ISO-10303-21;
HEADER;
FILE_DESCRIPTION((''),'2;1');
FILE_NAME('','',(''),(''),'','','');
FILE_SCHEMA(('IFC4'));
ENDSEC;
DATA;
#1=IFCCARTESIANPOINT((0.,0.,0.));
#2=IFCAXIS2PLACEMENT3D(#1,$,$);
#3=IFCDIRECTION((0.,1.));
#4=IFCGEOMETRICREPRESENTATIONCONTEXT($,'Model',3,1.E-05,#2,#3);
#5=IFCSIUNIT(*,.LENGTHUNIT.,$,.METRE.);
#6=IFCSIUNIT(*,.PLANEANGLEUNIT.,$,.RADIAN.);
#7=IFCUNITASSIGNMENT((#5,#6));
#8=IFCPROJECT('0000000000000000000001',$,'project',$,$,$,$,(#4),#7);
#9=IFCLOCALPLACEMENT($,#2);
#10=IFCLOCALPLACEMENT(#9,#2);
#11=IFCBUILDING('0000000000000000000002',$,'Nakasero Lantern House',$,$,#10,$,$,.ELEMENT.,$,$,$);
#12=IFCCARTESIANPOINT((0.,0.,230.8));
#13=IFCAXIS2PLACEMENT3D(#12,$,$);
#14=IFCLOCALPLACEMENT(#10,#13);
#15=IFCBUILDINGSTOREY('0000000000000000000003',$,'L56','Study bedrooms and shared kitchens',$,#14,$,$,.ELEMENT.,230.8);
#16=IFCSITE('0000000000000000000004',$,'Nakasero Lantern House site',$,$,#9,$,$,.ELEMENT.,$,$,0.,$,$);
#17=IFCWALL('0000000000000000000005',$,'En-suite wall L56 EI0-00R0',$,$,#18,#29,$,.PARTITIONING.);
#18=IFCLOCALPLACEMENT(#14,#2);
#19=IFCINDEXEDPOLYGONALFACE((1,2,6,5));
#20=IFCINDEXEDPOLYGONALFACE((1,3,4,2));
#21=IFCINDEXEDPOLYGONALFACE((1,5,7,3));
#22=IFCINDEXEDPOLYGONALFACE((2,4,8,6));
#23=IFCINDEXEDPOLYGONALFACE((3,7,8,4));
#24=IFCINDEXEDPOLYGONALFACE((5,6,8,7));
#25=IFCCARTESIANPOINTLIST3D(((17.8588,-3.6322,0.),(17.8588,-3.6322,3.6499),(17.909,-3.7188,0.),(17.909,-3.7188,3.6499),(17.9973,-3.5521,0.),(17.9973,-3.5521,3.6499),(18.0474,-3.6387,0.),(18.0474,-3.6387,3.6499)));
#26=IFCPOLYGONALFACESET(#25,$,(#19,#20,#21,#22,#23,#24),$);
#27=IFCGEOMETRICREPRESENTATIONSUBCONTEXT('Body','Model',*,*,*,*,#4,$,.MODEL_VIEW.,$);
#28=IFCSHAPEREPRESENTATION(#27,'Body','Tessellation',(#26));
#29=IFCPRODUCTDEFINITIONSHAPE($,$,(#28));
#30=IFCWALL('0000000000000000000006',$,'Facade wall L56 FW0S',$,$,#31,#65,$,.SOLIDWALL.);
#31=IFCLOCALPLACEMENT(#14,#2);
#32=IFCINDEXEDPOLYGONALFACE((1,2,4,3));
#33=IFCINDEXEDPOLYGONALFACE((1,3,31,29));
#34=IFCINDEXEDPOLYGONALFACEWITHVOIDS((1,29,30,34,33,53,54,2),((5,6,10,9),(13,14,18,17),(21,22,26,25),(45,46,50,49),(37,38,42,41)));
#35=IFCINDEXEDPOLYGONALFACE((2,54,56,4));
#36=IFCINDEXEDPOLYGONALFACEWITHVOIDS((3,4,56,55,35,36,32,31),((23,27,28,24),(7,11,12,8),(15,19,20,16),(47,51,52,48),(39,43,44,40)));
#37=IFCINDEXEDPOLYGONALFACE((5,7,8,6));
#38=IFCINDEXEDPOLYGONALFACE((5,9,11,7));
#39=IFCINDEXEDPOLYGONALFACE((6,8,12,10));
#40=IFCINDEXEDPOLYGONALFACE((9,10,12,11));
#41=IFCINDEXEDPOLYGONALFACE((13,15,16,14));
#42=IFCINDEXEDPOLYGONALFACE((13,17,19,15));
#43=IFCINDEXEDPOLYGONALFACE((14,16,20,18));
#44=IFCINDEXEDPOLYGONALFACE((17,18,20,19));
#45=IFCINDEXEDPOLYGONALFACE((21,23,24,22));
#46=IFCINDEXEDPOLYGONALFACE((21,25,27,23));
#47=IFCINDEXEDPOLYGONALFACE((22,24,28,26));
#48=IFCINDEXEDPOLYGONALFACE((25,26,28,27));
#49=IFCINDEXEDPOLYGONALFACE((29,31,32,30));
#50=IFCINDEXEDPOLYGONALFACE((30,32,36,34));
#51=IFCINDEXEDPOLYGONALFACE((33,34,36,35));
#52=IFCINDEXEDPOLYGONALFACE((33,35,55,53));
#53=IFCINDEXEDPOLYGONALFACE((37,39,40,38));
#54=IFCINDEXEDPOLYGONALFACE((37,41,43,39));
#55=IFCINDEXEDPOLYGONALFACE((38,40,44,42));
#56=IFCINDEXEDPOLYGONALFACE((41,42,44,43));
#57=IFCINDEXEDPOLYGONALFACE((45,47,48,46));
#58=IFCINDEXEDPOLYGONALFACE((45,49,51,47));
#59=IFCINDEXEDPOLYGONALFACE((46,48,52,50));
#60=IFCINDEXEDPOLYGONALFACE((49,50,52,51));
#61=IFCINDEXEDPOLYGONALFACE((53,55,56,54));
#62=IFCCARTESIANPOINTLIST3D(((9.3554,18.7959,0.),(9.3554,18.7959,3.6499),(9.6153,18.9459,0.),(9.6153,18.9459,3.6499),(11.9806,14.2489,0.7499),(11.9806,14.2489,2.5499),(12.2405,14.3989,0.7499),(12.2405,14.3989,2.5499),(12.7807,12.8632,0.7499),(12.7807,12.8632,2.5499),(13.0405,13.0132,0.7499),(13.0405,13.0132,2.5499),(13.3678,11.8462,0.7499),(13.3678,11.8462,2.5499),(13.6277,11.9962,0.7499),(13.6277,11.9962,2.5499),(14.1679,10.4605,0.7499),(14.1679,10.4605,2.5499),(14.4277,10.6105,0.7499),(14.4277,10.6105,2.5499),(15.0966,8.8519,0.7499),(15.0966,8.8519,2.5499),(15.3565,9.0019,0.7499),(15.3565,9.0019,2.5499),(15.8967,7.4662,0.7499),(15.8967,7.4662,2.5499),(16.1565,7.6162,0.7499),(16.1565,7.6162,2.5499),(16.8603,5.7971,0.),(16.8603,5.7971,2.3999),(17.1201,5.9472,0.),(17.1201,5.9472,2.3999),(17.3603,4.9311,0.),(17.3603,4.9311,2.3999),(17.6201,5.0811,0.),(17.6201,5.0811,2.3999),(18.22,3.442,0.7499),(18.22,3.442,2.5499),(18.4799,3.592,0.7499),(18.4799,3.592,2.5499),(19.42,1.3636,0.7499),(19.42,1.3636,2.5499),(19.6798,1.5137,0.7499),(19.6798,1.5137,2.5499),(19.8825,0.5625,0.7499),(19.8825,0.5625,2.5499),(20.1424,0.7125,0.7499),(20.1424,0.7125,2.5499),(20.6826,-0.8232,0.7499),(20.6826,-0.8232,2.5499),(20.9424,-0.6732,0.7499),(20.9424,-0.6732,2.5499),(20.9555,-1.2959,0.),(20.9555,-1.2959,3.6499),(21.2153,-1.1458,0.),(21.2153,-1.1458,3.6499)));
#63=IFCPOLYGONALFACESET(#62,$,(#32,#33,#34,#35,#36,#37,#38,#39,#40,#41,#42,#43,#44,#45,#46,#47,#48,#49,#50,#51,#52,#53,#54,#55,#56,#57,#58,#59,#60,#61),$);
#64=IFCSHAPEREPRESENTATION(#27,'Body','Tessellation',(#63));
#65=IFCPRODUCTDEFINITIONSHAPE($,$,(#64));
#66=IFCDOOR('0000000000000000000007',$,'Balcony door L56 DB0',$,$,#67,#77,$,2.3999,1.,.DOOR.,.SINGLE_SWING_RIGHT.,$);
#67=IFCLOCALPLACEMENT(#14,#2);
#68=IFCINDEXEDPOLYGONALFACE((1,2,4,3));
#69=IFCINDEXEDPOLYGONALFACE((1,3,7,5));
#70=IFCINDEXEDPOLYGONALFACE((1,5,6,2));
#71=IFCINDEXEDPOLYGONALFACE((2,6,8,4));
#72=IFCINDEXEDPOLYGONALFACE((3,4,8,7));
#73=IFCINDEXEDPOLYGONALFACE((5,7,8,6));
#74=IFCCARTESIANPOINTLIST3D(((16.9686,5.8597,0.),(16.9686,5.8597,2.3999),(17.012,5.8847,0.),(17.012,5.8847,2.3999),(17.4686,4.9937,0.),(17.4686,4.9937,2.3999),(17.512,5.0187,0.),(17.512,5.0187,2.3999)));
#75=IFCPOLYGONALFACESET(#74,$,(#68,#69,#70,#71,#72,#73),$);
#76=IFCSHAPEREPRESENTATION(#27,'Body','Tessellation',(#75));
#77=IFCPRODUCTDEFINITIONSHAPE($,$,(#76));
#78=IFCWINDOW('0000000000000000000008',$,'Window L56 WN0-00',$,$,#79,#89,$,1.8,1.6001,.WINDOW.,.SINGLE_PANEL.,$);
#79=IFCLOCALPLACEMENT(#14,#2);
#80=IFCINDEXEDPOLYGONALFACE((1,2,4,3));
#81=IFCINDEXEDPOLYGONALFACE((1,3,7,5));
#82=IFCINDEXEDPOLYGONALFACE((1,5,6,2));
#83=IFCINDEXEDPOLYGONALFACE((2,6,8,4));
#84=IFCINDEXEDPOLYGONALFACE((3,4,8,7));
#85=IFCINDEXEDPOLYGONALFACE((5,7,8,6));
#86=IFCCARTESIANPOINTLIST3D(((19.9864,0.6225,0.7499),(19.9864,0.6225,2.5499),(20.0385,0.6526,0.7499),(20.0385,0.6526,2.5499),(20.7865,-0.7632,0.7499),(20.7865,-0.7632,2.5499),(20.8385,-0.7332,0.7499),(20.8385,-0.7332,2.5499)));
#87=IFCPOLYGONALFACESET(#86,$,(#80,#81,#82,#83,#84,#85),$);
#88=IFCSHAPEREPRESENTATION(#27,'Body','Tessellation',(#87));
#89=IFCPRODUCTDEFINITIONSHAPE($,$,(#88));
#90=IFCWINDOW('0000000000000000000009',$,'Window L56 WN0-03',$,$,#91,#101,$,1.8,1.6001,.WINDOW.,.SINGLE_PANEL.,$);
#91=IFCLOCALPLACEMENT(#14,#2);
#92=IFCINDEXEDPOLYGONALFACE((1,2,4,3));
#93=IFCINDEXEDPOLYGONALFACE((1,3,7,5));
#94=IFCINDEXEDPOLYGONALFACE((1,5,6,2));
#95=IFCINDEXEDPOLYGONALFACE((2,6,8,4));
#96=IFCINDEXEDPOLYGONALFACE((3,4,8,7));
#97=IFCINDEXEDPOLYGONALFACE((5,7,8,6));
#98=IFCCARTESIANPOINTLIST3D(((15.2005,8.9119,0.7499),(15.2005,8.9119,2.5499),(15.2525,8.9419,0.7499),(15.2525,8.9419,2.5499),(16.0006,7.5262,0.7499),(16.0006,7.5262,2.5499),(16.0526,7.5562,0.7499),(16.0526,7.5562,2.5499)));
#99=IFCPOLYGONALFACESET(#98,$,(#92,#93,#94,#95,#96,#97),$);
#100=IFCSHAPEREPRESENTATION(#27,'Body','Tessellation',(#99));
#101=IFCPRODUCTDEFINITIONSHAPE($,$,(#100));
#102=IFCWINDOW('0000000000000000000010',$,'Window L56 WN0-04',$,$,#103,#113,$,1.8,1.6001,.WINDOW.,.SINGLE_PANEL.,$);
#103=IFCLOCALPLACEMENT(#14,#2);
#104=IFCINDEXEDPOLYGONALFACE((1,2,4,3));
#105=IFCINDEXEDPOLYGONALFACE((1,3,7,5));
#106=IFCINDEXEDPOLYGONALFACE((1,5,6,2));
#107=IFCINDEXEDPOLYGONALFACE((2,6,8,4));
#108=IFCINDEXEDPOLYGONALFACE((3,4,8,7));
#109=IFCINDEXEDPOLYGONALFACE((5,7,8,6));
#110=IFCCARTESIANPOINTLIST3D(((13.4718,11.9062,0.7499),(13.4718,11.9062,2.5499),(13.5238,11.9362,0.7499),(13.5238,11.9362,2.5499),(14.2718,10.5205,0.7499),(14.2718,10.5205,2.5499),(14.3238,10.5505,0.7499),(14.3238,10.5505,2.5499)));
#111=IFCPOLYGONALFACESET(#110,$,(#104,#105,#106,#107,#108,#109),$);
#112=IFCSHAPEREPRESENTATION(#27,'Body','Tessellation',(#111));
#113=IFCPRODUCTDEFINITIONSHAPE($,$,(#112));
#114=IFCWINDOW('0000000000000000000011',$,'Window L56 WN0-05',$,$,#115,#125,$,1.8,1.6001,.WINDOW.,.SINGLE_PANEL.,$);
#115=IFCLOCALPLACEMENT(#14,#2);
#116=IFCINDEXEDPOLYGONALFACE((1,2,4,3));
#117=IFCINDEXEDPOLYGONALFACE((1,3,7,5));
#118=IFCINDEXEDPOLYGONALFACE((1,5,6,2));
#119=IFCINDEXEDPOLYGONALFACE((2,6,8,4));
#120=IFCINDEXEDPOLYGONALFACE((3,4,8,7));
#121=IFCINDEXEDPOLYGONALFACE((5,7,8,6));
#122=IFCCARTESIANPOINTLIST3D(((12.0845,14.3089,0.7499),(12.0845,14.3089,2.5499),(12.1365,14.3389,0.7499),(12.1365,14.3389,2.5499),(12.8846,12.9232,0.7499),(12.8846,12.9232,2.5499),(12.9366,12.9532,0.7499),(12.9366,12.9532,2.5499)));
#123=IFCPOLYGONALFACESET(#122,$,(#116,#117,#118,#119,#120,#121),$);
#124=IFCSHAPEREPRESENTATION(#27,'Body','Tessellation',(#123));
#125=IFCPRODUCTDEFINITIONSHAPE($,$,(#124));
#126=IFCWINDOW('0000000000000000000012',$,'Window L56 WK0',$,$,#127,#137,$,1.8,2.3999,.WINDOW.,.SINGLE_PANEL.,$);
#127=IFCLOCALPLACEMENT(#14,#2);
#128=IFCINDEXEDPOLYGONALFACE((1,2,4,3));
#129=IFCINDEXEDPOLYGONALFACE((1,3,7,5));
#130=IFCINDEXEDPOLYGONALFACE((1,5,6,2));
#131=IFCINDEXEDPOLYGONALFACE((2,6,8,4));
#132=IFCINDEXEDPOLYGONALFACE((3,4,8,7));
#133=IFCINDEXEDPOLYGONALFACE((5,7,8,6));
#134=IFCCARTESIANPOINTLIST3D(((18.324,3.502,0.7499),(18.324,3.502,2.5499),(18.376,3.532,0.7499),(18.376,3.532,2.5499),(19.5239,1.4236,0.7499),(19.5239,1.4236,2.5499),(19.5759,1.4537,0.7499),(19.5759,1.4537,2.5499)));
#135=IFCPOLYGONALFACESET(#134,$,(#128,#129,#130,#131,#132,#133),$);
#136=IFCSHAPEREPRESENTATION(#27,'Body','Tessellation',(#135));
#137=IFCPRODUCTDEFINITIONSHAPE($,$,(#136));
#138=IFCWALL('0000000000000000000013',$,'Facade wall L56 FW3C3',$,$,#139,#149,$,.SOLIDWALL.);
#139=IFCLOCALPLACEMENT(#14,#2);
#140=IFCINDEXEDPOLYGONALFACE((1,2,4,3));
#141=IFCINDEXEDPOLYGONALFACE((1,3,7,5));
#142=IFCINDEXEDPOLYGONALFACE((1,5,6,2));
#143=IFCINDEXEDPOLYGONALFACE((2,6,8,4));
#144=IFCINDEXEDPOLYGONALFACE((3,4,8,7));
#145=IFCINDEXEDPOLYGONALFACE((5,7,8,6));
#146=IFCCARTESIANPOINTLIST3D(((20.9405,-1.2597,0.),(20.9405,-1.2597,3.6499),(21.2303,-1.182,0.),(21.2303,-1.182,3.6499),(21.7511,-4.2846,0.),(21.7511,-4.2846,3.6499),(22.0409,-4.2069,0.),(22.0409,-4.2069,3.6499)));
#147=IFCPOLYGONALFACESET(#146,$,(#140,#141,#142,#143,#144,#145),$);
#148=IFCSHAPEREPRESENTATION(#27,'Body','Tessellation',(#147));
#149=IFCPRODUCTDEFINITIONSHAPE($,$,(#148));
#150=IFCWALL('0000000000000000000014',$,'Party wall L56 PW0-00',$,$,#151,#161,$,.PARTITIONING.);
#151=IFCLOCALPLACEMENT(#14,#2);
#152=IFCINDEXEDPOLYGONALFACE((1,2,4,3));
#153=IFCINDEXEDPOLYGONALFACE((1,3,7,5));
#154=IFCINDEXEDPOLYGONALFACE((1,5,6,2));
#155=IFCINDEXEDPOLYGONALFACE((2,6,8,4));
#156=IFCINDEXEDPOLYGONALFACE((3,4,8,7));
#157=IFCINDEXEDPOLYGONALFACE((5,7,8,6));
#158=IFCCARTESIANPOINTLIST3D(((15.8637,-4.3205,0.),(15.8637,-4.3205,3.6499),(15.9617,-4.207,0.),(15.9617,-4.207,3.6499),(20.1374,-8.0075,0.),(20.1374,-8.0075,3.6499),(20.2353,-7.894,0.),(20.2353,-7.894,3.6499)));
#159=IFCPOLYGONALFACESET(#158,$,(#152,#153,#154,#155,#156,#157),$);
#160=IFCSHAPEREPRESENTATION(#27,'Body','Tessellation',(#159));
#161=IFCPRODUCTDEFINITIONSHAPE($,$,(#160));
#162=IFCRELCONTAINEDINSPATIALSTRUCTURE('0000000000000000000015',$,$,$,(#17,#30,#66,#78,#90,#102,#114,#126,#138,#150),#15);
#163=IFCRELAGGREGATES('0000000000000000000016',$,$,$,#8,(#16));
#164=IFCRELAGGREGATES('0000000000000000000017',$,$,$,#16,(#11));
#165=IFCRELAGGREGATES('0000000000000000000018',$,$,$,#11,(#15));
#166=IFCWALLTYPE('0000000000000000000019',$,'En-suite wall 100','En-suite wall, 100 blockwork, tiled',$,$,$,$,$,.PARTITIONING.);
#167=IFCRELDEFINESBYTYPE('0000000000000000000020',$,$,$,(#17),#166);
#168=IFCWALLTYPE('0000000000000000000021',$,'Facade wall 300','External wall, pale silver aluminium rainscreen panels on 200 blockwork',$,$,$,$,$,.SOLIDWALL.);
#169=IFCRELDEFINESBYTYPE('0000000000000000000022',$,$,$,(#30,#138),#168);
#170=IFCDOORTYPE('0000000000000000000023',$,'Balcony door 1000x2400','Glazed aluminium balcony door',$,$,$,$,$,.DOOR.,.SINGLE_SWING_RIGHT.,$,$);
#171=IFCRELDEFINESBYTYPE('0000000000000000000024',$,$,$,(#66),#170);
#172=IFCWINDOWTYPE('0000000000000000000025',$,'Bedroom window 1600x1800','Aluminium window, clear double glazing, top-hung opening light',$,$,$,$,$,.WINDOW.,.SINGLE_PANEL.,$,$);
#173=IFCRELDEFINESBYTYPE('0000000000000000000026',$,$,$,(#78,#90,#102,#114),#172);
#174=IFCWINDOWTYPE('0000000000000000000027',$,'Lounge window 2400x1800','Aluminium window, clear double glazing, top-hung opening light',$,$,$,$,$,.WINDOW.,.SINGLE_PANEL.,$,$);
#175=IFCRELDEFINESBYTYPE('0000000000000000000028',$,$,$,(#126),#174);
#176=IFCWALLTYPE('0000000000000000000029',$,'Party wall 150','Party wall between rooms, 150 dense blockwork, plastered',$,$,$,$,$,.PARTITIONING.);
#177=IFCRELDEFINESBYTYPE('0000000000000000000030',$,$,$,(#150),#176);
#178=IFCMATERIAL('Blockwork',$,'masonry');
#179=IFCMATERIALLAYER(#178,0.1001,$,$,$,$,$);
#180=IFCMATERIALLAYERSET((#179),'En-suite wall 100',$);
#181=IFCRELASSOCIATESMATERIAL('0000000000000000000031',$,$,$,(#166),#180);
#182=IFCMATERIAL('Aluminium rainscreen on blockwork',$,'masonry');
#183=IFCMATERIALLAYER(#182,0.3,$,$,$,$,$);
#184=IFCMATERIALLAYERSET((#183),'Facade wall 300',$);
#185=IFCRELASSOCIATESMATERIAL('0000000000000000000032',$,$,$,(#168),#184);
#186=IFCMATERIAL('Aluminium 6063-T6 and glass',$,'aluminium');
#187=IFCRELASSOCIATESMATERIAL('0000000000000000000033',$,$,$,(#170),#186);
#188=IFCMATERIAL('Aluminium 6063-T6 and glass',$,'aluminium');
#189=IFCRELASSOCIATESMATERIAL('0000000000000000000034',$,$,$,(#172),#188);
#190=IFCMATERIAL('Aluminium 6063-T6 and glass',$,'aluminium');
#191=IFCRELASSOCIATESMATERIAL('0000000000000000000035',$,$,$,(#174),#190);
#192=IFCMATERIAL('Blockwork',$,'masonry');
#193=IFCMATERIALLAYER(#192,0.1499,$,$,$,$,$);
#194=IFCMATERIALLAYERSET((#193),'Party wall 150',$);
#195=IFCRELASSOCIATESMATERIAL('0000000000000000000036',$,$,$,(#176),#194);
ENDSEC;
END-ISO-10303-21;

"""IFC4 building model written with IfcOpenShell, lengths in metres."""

from ifc_helpers import new_model, si_unit, direction, frame, frame_2d, origin, place, context, subcontext, project, spatial, rectangle, extrude, material, layer, layer_set, type_object, element, fill, save


model = new_model("IFC4")

# Units and contexts
model_context = context("Model", 3, precision=1e-05, world=origin(), true_north=direction((0.0, 1.0)))
body_context = subcontext(model_context, "Body", "Model", "MODEL_VIEW")
ifc_project = project(units=[si_unit("LENGTHUNIT", "METRE"), si_unit("PLANEANGLEUNIT", "RADIAN")], contexts=[model_context])

# Site, building, storey
site_placement = place(None, origin())
site = spatial("IfcSite", under=ifc_project, at=site_placement, Name="Nakasero Lantern House site", CompositionType="ELEMENT", RefElevation=0.0)
building_placement = place(site_placement, origin())
building = spatial("IfcBuilding", under=site, at=building_placement, Name="Nakasero Lantern House", CompositionType="ELEMENT")
storey_placement = place(building_placement, frame((0.0, 0.0, 230.8)))
storey = spatial("IfcBuildingStorey", under=building, at=storey_placement, Name="L56", Description="Study bedrooms and shared kitchens", CompositionType="ELEMENT", Elevation=230.8)

# Shared definitions
ifc_material_1 = material(Name="Blockwork", Category="masonry")
ifc_layer_1 = layer(ifc_material_1, 0.1001)
ifc_layer_set_1 = layer_set([ifc_layer_1], Name="En-suite wall 100")
wall_type_1 = type_object("IfcWallType", Name="En-suite wall 100", Description="En-suite wall, 100 blockwork, tiled", PredefinedType="PARTITIONING", material=ifc_layer_set_1)

# Wall
wall_1_placement = place(storey_placement, frame((17.8838, -3.6755, 0.0), z_axis=(0.0, 0.0, 1.0), x_axis=(0.8656, 0.500735, 0.0)))
element("IfcWall", 1, at=wall_1_placement, inside=storey, type_object=wall_type_1, Name="En-suite wall L56 EI0-00R0", PredefinedType="PARTITIONING", context=body_context, shape_type="SweptSolid", body=[
    extrude(rectangle(XDim=0.1599, YDim=0.1001, at=frame_2d((0.0801, 0.0))), origin(), (0.0, 0.0, 1.0), 3.6499),
])

# Wall, openings, door, windows
ifc_material_2 = material(Name="Aluminium rainscreen on blockwork", Category="masonry")
ifc_layer_2 = layer(ifc_material_2, 0.3)
ifc_layer_set_2 = layer_set([ifc_layer_2], Name="Facade wall 300")
wall_type_2 = type_object("IfcWallType", Name="Facade wall 300", Description="External wall, pale silver aluminium rainscreen panels on 200 blockwork", PredefinedType="SOLIDWALL", material=ifc_layer_set_2)
wall_2_placement = place(storey_placement, frame((21.0854, -1.2209, 0.0), z_axis=(0.0, 0.0, 1.0), x_axis=(-0.500003, 0.866024, 0.0)))
wall_2 = element("IfcWall", 2, at=wall_2_placement, inside=storey, type_object=wall_type_2, Name="Facade wall L56 FW0S", PredefinedType="SOLIDWALL", context=body_context, shape_type="SweptSolid", body=[
    extrude(rectangle(XDim=23.2, YDim=0.3, at=frame_2d((11.6001, 0.0))), origin(), (0.0, 0.0, 1.0), 3.6499),
])
opening_1_placement = place(wall_2_placement, frame((0.5459, 0.0, 0.75)))
opening_1 = element("IfcOpeningElement", 3, at=opening_1_placement, cuts=wall_2, PredefinedType="OPENING", context=body_context, shape_type="SweptSolid", body=[
    extrude(rectangle(XDim=1.6001, YDim=1.8, at=frame_2d((0.8, 0.8999))), frame((0.0, 0.1699, 0.0), z_axis=(0.0, -1.0, 0.0), x_axis=(1.0, 0.0, 0.0)), (0.0, 0.0, 1.0), 0.3401),
])
opening_2_placement = place(wall_2_placement, frame((10.1177, 0.0, 0.75)))
opening_2 = element("IfcOpeningElement", 4, at=opening_2_placement, cuts=wall_2, PredefinedType="OPENING", context=body_context, shape_type="SweptSolid", body=[
    extrude(rectangle(XDim=1.6001, YDim=1.8, at=frame_2d((0.8, 0.8999))), frame((0.0, 0.1699, 0.0), z_axis=(0.0, -1.0, 0.0), x_axis=(1.0, 0.0, 0.0)), (0.0, 0.0, 1.0), 0.3401),
])
opening_3_placement = place(wall_2_placement, frame((13.5752, 0.0, 0.75)))
opening_3 = element("IfcOpeningElement", 5, at=opening_3_placement, cuts=wall_2, PredefinedType="OPENING", context=body_context, shape_type="SweptSolid", body=[
    extrude(rectangle(XDim=1.6001, YDim=1.8, at=frame_2d((0.8, 0.8999))), frame((0.0, 0.1699, 0.0), z_axis=(0.0, -1.0, 0.0), x_axis=(1.0, 0.0, 0.0)), (0.0, 0.0, 1.0), 0.3401),
])
opening_4_placement = place(wall_2_placement, frame((16.3496, 0.0, 0.75)))
opening_4 = element("IfcOpeningElement", 6, at=opening_4_placement, cuts=wall_2, PredefinedType="OPENING", context=body_context, shape_type="SweptSolid", body=[
    extrude(rectangle(XDim=1.6001, YDim=1.8, at=frame_2d((0.8, 0.8999))), frame((0.0, 0.1699, 0.0), z_axis=(0.0, -1.0, 0.0), x_axis=(1.0, 0.0, 0.0)), (0.0, 0.0, 1.0), 0.3401),
])
opening_5_placement = place(wall_2_placement, frame((3.071, 0.0, 0.75)))
opening_5 = element("IfcOpeningElement", 7, at=opening_5_placement, cuts=wall_2, PredefinedType="OPENING", context=body_context, shape_type="SweptSolid", body=[
    extrude(rectangle(XDim=2.3999, YDim=1.8, at=frame_2d((1.2, 0.8999))), frame((0.0, 0.1699, 0.0), z_axis=(0.0, -1.0, 0.0), x_axis=(1.0, 0.0, 0.0)), (0.0, 0.0, 1.0), 0.3401),
])
opening_6_placement = place(wall_2_placement, frame((7.1904, 0.0, 0.0)))
opening_6 = element("IfcOpeningElement", 8, at=opening_6_placement, cuts=wall_2, PredefinedType="OPENING", context=body_context, shape_type="SweptSolid", body=[
    extrude(rectangle(XDim=1.0, YDim=2.3999, at=frame_2d((0.5, 1.2))), frame((0.0, 0.1699, 0.0), z_axis=(0.0, -1.0, 0.0), x_axis=(1.0, 0.0, 0.0)), (0.0, 0.0, 1.0), 0.3401),
])
ifc_material_3 = material(Name="Aluminium 6063-T6 and glass", Category="aluminium")
door_type_1 = type_object("IfcDoorType", Name="Balcony door 1000x2400", Description="Glazed aluminium balcony door", OperationType="SINGLE_SWING_RIGHT", PredefinedType="DOOR", material=ifc_material_3)
door_1_placement = place(opening_6_placement, origin())
door_1 = element("IfcDoor", 9, at=door_1_placement, inside=storey, type_object=door_type_1, Name="Balcony door L56 DB0", OperationType="SINGLE_SWING_RIGHT", OverallHeight=2.3999, OverallWidth=1.0, PredefinedType="DOOR", context=body_context, shape_type="SweptSolid", body=[
    extrude(rectangle(XDim=1.0, YDim=2.3999, at=frame_2d((0.5, 1.2))), frame((0.0, 0.0249, 0.0), z_axis=(0.0, -1.0, 0.0), x_axis=(1.0, 0.0, 0.0)), (0.0, 0.0, 1.0), 0.05),
])
fill(opening_6, door_1)
ifc_material_4 = material(Name="Aluminium 6063-T6 and glass", Category="aluminium")
window_type_1 = type_object("IfcWindowType", Name="Bedroom window 1600x1800", Description="Aluminium window, clear double glazing, top-hung opening light", PartitioningType="SINGLE_PANEL", PredefinedType="WINDOW", material=ifc_material_4)
window_1_placement = place(opening_1_placement, origin())
window_1 = element("IfcWindow", 10, at=window_1_placement, inside=storey, type_object=window_type_1, Name="Window L56 WN0-00", OverallHeight=1.8, OverallWidth=1.6001, PartitioningType="SINGLE_PANEL", PredefinedType="WINDOW", context=body_context, shape_type="SweptSolid", body=[
    extrude(rectangle(XDim=1.6001, YDim=1.8, at=frame_2d((0.8, 0.8999))), frame((0.0, 0.03, 0.0), z_axis=(0.0, -1.0, 0.0), x_axis=(1.0, 0.0, 0.0)), (0.0, 0.0, 1.0), 0.0601),
])
fill(opening_1, window_1)
window_2_placement = place(opening_2_placement, origin())
window_2 = element("IfcWindow", 11, at=window_2_placement, inside=storey, type_object=window_type_1, Name="Window L56 WN0-03", OverallHeight=1.8, OverallWidth=1.6001, PartitioningType="SINGLE_PANEL", PredefinedType="WINDOW", context=body_context, shape_type="SweptSolid", body=[
    extrude(rectangle(XDim=1.6001, YDim=1.8, at=frame_2d((0.8, 0.8999))), frame((0.0, 0.03, 0.0), z_axis=(0.0, -1.0, 0.0), x_axis=(1.0, 0.0, 0.0)), (0.0, 0.0, 1.0), 0.0601),
])
fill(opening_2, window_2)
window_3_placement = place(opening_3_placement, origin())
window_3 = element("IfcWindow", 12, at=window_3_placement, inside=storey, type_object=window_type_1, Name="Window L56 WN0-04", OverallHeight=1.8, OverallWidth=1.6001, PartitioningType="SINGLE_PANEL", PredefinedType="WINDOW", context=body_context, shape_type="SweptSolid", body=[
    extrude(rectangle(XDim=1.6001, YDim=1.8, at=frame_2d((0.8, 0.8999))), frame((0.0, 0.03, 0.0), z_axis=(0.0, -1.0, 0.0), x_axis=(1.0, 0.0, 0.0)), (0.0, 0.0, 1.0), 0.0601),
])
fill(opening_3, window_3)
window_4_placement = place(opening_4_placement, origin())
window_4 = element("IfcWindow", 13, at=window_4_placement, inside=storey, type_object=window_type_1, Name="Window L56 WN0-05", OverallHeight=1.8, OverallWidth=1.6001, PartitioningType="SINGLE_PANEL", PredefinedType="WINDOW", context=body_context, shape_type="SweptSolid", body=[
    extrude(rectangle(XDim=1.6001, YDim=1.8, at=frame_2d((0.8, 0.8999))), frame((0.0, 0.03, 0.0), z_axis=(0.0, -1.0, 0.0), x_axis=(1.0, 0.0, 0.0)), (0.0, 0.0, 1.0), 0.0601),
])
fill(opening_4, window_4)
ifc_material_5 = material(Name="Aluminium 6063-T6 and glass", Category="aluminium")
window_type_2 = type_object("IfcWindowType", Name="Lounge window 2400x1800", Description="Aluminium window, clear double glazing, top-hung opening light", PartitioningType="SINGLE_PANEL", PredefinedType="WINDOW", material=ifc_material_5)
window_5_placement = place(opening_5_placement, origin())
window_5 = element("IfcWindow", 14, at=window_5_placement, inside=storey, type_object=window_type_2, Name="Window L56 WK0", OverallHeight=1.8, OverallWidth=2.3999, PartitioningType="SINGLE_PANEL", PredefinedType="WINDOW", context=body_context, shape_type="SweptSolid", body=[
    extrude(rectangle(XDim=2.3999, YDim=1.8, at=frame_2d((1.2, 0.8999))), frame((0.0, 0.03, 0.0), z_axis=(0.0, -1.0, 0.0), x_axis=(1.0, 0.0, 0.0)), (0.0, 0.0, 1.0), 0.0601),
])
fill(opening_5, window_5)

# Walls
wall_3_placement = place(storey_placement, frame((21.896, -4.2458, 0.0), z_axis=(0.0, 0.0, 1.0), x_axis=(-0.258827, 0.965924, 0.0)))
element("IfcWall", 15, at=wall_3_placement, inside=storey, type_object=wall_type_2, Name="Facade wall L56 FW3C3", PredefinedType="SOLIDWALL", context=body_context, shape_type="SweptSolid", body=[
    extrude(rectangle(XDim=3.1316, YDim=0.3, at=frame_2d((1.5659, 0.0))), origin(), (0.0, 0.0, 1.0), 3.6499),
])
ifc_material_6 = material(Name="Blockwork", Category="masonry")
ifc_layer_3 = layer(ifc_material_6, 0.1499)
ifc_layer_set_3 = layer_set([ifc_layer_3], Name="Party wall 150")
wall_type_3 = type_object("IfcWallType", Name="Party wall 150", Description="Party wall between rooms, 150 dense blockwork, plastered", PredefinedType="PARTITIONING", material=ifc_layer_set_3)
wall_4_placement = place(storey_placement, frame((15.9126, -4.2637, 0.0), z_axis=(0.0, 0.0, 1.0), x_axis=(0.757164, -0.653225, 0.0)))
element("IfcWall", 16, at=wall_4_placement, inside=storey, type_object=wall_type_3, Name="Party wall L56 PW0-00", PredefinedType="PARTITIONING", context=body_context, shape_type="SweptSolid", body=[
    extrude(rectangle(XDim=5.6443, YDim=0.1499, at=frame_2d((2.8223, 0.0))), origin(), (0.0, 0.0, 1.0), 3.6499),
])

save(model, "model.ifc")
